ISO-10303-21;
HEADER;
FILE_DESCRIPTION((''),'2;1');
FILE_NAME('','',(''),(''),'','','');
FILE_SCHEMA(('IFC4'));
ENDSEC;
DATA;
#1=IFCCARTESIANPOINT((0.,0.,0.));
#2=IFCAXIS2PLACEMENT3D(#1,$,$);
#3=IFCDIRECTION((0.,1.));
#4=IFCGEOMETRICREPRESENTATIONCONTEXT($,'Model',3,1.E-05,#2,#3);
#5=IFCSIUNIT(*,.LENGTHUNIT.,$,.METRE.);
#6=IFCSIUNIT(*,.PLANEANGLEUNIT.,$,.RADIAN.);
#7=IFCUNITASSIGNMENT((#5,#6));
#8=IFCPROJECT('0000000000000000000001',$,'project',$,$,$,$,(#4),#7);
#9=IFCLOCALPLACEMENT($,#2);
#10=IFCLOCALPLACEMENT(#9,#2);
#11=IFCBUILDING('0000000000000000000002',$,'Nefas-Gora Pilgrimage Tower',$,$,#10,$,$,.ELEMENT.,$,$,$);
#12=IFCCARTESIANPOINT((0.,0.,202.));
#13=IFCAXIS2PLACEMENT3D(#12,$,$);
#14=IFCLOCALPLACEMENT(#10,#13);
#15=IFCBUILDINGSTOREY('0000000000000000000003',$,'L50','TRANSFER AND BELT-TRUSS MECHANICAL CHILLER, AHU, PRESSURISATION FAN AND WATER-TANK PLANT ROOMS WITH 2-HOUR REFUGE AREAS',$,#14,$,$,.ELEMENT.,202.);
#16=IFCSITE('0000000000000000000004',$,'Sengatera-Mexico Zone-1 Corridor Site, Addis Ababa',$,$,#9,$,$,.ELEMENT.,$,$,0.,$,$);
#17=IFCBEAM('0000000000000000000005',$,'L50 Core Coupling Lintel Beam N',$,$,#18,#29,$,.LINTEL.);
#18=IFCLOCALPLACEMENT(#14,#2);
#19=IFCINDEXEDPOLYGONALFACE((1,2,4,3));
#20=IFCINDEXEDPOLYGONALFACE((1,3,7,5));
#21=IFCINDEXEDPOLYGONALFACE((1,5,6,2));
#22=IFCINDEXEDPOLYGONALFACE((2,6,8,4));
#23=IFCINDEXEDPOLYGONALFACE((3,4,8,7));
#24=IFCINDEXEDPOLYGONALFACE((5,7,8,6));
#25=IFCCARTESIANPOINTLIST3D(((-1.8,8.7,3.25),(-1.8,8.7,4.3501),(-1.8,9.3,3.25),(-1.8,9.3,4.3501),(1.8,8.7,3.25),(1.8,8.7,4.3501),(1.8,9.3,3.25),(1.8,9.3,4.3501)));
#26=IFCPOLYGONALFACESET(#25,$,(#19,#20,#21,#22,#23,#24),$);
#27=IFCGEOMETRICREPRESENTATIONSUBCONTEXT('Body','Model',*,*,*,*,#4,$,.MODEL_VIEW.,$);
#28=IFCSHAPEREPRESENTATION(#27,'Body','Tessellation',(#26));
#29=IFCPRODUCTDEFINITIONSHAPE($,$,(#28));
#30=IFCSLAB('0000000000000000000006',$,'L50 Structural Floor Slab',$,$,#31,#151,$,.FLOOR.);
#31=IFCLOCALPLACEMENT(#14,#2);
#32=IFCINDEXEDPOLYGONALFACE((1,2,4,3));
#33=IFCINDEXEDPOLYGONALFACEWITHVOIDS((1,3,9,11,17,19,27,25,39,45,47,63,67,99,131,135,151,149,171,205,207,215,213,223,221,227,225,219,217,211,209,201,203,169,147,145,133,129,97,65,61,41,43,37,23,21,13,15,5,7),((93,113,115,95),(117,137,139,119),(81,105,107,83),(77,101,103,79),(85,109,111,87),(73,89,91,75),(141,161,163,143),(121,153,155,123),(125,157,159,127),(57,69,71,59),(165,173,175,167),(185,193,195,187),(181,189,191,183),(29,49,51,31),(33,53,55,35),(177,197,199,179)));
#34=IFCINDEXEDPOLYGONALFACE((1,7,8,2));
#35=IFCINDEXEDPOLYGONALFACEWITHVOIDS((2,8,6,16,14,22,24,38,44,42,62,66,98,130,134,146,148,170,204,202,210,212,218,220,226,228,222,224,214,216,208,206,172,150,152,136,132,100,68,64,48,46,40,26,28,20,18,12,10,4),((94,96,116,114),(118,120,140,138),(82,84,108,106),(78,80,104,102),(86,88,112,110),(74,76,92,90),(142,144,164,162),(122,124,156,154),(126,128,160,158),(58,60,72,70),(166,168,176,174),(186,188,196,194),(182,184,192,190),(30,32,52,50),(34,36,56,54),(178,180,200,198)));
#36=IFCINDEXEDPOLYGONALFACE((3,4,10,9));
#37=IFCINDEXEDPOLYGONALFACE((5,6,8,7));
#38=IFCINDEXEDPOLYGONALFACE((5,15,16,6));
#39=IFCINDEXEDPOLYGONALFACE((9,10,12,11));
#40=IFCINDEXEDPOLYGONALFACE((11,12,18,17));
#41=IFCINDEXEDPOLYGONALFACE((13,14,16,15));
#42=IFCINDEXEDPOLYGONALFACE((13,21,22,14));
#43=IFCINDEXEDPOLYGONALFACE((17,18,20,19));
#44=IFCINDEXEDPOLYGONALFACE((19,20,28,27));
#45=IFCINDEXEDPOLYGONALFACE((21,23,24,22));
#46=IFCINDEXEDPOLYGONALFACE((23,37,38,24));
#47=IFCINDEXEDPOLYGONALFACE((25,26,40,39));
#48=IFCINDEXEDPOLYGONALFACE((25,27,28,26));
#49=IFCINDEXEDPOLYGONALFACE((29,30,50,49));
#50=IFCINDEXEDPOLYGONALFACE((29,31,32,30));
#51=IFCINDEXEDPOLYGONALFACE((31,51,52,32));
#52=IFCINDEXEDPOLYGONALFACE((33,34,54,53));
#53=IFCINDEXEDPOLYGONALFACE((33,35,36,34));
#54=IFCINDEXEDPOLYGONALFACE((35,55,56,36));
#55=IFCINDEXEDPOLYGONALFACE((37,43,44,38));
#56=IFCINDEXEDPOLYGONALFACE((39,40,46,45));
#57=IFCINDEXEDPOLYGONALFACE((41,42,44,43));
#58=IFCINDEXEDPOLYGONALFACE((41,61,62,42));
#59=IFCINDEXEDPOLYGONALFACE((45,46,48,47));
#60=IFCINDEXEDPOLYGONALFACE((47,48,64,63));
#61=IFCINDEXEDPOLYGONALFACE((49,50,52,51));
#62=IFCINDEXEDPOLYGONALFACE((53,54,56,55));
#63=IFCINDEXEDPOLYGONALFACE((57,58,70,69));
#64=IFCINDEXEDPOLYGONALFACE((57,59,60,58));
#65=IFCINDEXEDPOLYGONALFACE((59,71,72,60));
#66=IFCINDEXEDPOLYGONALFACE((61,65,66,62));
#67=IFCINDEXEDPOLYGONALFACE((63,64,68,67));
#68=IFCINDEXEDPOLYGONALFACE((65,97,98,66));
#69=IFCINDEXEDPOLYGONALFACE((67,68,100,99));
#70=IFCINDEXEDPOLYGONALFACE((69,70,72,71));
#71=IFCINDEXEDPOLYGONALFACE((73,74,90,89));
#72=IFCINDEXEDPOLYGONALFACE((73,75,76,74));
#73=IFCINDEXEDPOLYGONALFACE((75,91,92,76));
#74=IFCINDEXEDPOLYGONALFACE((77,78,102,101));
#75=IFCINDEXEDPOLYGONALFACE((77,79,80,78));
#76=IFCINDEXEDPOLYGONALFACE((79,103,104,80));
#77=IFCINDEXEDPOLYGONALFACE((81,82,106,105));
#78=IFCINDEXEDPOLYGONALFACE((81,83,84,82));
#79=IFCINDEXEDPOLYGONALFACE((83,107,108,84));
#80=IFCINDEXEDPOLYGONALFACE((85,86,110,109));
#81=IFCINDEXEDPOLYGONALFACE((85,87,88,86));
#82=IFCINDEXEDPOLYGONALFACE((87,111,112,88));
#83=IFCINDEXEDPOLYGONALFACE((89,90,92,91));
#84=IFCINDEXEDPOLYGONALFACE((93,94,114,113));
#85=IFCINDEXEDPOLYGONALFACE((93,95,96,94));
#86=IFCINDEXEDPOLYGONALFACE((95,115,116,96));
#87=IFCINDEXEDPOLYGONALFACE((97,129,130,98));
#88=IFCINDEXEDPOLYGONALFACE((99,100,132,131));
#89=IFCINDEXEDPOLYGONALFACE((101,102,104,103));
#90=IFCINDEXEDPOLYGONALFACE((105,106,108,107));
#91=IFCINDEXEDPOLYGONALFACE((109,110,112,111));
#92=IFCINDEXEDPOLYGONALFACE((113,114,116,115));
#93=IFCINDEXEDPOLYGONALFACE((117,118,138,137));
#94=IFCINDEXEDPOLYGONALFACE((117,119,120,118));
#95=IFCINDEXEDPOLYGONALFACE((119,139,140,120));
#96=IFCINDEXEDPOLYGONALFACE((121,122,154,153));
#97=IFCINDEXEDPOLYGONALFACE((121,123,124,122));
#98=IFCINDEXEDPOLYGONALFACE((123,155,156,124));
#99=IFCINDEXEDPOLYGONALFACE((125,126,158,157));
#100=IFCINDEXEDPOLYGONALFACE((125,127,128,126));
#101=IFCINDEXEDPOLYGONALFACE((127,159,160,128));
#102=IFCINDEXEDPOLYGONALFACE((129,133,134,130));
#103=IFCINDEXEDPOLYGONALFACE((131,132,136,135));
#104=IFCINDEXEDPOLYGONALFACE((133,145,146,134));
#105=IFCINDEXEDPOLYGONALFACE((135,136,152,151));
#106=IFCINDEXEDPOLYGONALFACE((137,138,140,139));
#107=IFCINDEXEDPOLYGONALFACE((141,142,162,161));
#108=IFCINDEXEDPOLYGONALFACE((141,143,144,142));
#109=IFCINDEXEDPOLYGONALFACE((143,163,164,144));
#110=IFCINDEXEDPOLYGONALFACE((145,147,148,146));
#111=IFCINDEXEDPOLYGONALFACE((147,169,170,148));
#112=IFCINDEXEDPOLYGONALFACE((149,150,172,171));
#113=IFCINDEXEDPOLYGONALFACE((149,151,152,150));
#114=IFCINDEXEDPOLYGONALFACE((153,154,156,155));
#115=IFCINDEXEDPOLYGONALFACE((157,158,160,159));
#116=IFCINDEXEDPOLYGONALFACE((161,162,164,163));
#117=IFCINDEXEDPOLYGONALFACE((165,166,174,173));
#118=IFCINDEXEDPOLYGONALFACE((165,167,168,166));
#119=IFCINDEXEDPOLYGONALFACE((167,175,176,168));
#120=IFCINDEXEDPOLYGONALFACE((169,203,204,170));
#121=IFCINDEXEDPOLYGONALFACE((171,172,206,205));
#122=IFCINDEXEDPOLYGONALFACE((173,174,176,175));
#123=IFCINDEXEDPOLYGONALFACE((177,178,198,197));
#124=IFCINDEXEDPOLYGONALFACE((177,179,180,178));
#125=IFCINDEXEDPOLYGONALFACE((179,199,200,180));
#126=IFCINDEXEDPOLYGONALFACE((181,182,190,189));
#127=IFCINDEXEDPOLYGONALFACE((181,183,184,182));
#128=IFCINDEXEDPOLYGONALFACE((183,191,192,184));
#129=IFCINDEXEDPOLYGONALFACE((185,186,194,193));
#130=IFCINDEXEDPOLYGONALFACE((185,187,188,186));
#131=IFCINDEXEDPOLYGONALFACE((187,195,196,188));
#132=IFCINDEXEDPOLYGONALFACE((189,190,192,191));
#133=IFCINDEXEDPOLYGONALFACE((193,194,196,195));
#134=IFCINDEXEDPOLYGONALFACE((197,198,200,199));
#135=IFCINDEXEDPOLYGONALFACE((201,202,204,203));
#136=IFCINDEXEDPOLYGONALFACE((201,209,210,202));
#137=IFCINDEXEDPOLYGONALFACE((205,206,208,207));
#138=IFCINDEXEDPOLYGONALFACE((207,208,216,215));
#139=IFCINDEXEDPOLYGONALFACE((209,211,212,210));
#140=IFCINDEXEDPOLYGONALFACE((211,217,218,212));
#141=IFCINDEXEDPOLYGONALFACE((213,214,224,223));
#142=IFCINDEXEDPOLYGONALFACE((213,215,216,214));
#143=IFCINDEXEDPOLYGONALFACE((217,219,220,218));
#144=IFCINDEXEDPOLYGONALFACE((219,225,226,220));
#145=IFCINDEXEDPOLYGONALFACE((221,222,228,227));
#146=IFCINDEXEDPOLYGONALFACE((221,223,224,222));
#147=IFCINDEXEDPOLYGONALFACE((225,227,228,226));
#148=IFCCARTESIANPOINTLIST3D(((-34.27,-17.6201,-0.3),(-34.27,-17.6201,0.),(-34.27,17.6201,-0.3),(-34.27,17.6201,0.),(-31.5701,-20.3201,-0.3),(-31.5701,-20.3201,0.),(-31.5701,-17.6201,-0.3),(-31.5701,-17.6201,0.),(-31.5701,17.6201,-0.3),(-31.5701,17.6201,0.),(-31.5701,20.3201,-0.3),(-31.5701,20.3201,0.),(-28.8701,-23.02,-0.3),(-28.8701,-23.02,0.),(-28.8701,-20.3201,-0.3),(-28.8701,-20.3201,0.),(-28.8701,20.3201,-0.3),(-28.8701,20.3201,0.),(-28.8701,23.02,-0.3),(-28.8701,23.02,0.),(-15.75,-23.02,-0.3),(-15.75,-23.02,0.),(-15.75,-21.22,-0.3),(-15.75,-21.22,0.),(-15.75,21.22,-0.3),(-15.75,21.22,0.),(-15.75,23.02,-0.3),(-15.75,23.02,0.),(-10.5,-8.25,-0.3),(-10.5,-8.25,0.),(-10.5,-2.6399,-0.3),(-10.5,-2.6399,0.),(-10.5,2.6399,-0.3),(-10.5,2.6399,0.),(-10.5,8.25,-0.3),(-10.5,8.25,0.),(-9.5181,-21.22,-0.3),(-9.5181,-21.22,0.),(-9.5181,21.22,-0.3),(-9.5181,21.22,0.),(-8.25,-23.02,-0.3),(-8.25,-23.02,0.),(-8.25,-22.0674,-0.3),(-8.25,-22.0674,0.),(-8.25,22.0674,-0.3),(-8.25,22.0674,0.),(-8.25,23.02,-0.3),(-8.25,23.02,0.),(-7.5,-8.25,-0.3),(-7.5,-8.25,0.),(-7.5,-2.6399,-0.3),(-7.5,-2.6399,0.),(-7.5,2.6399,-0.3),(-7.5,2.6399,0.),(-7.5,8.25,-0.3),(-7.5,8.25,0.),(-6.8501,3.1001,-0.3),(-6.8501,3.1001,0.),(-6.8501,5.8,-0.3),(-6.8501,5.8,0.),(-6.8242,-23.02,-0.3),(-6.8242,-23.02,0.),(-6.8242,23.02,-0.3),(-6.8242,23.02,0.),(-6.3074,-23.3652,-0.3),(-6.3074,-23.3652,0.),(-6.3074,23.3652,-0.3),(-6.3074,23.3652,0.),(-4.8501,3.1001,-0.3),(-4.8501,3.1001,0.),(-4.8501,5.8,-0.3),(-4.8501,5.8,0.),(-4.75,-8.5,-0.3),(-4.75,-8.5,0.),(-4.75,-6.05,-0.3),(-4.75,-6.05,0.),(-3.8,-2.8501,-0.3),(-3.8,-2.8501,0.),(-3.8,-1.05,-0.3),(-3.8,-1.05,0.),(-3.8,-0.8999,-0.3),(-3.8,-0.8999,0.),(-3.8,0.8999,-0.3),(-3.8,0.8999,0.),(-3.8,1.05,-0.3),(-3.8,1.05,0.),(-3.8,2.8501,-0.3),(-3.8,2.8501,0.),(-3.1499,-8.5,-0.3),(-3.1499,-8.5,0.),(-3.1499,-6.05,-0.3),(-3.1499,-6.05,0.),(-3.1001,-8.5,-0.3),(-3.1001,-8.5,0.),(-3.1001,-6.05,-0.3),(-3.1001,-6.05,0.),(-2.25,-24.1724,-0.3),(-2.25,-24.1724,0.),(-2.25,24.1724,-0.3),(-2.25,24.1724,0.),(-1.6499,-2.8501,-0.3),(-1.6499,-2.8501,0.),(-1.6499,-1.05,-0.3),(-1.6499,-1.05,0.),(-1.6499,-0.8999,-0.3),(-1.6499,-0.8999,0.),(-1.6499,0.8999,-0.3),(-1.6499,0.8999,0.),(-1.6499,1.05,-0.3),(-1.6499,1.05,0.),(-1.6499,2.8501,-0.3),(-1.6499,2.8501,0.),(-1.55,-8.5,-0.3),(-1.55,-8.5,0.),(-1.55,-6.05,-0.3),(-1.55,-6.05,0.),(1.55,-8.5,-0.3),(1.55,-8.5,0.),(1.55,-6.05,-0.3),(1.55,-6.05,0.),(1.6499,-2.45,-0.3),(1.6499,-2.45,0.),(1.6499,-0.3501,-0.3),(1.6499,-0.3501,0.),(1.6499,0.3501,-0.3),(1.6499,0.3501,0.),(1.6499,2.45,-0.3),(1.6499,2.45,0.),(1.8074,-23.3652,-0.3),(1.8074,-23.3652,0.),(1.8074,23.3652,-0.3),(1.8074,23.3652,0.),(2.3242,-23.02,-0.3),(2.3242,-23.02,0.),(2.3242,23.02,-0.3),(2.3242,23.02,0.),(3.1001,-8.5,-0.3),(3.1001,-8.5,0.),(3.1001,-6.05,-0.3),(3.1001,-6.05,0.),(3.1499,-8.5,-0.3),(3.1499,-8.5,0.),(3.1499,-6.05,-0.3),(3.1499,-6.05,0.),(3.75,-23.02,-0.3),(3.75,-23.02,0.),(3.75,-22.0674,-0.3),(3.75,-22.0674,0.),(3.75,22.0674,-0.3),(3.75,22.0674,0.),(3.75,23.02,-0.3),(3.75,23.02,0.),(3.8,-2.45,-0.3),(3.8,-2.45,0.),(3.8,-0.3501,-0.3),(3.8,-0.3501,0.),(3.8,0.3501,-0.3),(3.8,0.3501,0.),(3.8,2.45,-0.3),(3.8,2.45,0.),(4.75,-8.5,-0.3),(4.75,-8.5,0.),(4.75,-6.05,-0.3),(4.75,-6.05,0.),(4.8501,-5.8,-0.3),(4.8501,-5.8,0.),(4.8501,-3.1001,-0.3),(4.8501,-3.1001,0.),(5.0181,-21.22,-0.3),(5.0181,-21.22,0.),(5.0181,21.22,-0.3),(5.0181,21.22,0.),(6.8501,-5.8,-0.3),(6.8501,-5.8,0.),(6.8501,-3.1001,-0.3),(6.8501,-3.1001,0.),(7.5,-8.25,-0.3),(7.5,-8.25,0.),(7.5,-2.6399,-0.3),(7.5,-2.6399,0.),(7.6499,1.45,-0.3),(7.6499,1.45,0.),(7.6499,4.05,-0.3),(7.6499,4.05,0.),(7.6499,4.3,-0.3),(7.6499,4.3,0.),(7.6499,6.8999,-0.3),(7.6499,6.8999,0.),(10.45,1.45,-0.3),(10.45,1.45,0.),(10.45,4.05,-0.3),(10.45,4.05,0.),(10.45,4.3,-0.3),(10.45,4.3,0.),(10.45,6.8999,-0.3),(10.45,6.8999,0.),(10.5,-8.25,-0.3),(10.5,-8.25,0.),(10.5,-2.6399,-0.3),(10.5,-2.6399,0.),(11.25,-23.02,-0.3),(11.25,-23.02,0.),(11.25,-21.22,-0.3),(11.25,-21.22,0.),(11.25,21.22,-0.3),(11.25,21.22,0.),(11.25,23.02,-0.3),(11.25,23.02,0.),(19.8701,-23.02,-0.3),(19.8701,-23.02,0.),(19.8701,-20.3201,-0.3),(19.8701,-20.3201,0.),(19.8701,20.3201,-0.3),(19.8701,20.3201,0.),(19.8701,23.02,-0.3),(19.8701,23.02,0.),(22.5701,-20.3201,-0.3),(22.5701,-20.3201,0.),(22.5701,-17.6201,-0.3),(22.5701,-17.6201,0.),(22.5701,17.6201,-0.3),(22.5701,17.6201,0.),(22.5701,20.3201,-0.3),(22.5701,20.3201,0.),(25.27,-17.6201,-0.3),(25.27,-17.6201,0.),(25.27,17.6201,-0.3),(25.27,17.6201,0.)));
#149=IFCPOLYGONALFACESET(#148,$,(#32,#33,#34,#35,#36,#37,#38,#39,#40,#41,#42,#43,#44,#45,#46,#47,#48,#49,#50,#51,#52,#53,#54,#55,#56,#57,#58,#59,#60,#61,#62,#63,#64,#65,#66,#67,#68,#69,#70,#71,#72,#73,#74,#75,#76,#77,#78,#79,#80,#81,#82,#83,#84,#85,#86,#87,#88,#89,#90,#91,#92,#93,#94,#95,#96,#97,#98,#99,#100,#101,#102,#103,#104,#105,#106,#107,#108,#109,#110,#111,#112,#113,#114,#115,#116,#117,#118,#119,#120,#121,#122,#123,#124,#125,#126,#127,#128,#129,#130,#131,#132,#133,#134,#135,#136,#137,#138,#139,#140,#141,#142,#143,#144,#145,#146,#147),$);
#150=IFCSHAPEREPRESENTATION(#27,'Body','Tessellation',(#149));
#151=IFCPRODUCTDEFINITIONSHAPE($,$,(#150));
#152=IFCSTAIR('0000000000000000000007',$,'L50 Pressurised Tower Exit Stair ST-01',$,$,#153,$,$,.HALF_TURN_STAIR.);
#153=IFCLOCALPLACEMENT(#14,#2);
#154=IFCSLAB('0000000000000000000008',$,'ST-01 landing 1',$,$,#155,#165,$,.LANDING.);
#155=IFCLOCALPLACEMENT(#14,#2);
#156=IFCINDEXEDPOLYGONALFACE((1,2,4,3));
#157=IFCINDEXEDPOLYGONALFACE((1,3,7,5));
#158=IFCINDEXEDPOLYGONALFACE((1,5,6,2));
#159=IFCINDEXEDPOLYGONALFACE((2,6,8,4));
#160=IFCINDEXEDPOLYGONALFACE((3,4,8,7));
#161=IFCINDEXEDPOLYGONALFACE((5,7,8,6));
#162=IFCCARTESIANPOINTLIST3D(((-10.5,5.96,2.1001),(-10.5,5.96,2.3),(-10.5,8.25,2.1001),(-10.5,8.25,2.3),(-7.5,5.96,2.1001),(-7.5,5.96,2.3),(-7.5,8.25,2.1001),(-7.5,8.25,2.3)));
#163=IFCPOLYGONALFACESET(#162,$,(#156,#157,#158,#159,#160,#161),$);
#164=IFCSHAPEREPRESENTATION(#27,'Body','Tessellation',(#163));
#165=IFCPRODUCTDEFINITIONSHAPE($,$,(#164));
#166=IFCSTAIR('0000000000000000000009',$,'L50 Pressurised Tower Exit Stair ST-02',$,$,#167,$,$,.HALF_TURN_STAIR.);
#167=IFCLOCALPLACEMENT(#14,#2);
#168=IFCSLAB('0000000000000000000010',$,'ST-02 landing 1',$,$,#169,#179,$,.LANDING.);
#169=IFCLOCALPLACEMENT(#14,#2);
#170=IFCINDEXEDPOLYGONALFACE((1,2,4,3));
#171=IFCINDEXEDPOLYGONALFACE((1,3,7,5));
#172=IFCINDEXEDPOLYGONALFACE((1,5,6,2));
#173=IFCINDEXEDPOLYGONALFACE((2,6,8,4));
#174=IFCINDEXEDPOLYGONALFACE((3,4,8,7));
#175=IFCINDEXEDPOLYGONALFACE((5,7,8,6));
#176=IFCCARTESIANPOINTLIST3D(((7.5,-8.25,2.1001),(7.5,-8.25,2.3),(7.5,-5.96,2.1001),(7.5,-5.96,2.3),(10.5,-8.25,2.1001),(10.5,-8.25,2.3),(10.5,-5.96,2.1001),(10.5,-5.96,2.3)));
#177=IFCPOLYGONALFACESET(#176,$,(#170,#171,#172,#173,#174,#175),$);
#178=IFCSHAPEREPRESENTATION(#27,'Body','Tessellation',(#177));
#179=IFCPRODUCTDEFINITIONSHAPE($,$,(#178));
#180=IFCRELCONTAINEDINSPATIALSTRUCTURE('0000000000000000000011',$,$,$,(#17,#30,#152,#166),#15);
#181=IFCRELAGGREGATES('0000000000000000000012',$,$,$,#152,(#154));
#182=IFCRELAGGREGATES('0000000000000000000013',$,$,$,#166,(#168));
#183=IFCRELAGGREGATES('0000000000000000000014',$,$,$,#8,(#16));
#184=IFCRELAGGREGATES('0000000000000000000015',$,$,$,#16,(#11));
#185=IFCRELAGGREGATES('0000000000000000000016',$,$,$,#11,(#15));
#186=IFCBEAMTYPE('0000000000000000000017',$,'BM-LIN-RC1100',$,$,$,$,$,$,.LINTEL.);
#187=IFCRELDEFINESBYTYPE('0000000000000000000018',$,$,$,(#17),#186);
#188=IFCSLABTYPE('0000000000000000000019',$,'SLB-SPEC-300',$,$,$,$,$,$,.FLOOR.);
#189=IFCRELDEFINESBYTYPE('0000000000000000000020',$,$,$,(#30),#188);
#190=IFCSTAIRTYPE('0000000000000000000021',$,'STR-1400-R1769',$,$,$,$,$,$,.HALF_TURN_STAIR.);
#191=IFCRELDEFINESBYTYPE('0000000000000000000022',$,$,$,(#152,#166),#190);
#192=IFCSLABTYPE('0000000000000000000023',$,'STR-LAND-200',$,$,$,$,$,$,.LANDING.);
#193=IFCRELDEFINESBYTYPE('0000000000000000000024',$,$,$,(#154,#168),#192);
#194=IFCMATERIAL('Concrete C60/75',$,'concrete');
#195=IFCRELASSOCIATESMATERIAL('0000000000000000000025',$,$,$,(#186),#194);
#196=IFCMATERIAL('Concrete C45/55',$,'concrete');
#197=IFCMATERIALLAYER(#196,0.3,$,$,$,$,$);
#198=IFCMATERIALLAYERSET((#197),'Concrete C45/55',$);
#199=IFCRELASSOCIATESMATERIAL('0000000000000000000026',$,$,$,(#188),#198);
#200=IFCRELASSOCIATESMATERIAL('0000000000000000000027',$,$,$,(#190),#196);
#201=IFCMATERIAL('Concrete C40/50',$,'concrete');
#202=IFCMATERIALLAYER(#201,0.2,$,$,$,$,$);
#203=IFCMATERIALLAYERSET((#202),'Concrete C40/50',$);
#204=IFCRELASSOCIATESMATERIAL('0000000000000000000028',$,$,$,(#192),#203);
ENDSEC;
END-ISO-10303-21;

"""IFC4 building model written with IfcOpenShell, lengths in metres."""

from ifc_helpers import new_model, si_unit, direction, frame, origin, origin_2d, place, context, subcontext, project, spatial, polyline, rectangle, outline, extrude, source, transform, mapped, material, layer, layer_set, material_profile, profile_set, type_object, element, aggregate, save


model = new_model("IFC4")

# Units and contexts
model_context = context("Model", 3, precision=1e-05, world=origin(), true_north=direction((0.0, 1.0)))
body_context = subcontext(model_context, "Body", "Model", "MODEL_VIEW")
ifc_project = project(units=[si_unit("LENGTHUNIT", "METRE"), si_unit("PLANEANGLEUNIT", "RADIAN")], contexts=[model_context])

# Site, building, storey
site_placement = place(None, origin())
site = spatial("IfcSite", under=ifc_project, at=site_placement, Name="Sengatera-Mexico Zone-1 Corridor Site, Addis Ababa", CompositionType="ELEMENT", RefElevation=0.0)
building_placement = place(site_placement, origin())
building = spatial("IfcBuilding", under=site, at=building_placement, Name="Nefas-Gora Pilgrimage Tower", CompositionType="ELEMENT")
storey_placement = place(building_placement, frame((0.0, 0.0, 202.0)))
storey = spatial("IfcBuildingStorey", under=building, at=storey_placement, Name="L50", Description="TRANSFER AND BELT-TRUSS MECHANICAL CHILLER, AHU, PRESSURISATION FAN AND WATER-TANK PLANT ROOMS WITH 2-HOUR REFUGE AREAS", CompositionType="ELEMENT", Elevation=202.0)

# Beam
ifc_material_1 = material(Name="Concrete C60/75", Category="concrete")
ifc_material_profile = material_profile(ifc_material_1, rectangle(XDim=0.6001, YDim=1.1001, at=origin_2d()), Name="RC 600x1100")
ifc_profile_set = profile_set([ifc_material_profile], Name="Concrete C60/75")
beam_type = type_object("IfcBeamType", Name="BM-LIN-RC1100", PredefinedType="LINTEL", material=ifc_profile_set)
shared_shape_1 = source(origin(), body_context, "Body", "SweptSolid", [
    extrude(rectangle(XDim=0.6001, YDim=1.1001, at=origin_2d()), origin(), (0.0, 0.0, 1.0), 3.6001),
])
beam_placement = place(storey_placement, frame((-1.8, 9.0, 3.8), z_axis=(1.0, 0.0, 0.0), x_axis=(0.0, 1.0, 0.0)))
element("IfcBeam", 1, at=beam_placement, inside=storey, type_object=beam_type, Name="L50 Core Coupling Lintel Beam N", PredefinedType="LINTEL", context=body_context, shape_type="MappedRepresentation", body=[
    mapped(shared_shape_1, transform((0.0, 0.0, 0.0), x_axis=(1.0, 0.0, 0.0), y_axis=(0.0, 1.0, 0.0), z_axis=(0.0, 0.0, 1.0), scale=1.0)),
])

# Slab
ifc_material_2 = material(Name="Concrete C45/55", Category="concrete")
ifc_layer_1 = layer(ifc_material_2, 0.3)
ifc_layer_set_1 = layer_set([ifc_layer_1], Name="Concrete C45/55")
slab_type_1 = type_object("IfcSlabType", Name="SLB-SPEC-300", PredefinedType="FLOOR", material=ifc_layer_set_1)
slab_1_placement = place(storey_placement, frame((0.0, 0.0, -0.3)))
element("IfcSlab", 2, at=slab_1_placement, inside=storey, type_object=slab_type_1, Name="L50 Structural Floor Slab", PredefinedType="FLOOR", context=body_context, shape_type="SweptSolid", body=[
    extrude(outline(polyline([(5.0181, -21.22), (11.25, -21.22), (11.25, -23.02), (19.8701, -23.02), (19.8701, -20.3201), (22.5701, -20.3201), (22.5701, -17.6201), (25.27, -17.6201), (25.27, 17.6201), (22.5701, 17.6201), (22.5701, 20.3201), (19.8701, 20.3201), (19.8701, 23.02), (11.25, 23.02), (11.25, 21.22), (5.0181, 21.22), (3.75, 22.0674), (3.75, 23.02), (2.3242, 23.02), (1.8074, 23.3652), (-2.25, 24.1724), (-6.3074, 23.3652), (-6.8242, 23.02), (-8.25, 23.02), (-8.25, 22.0674), (-9.5181, 21.22), (-15.75, 21.22), (-15.75, 23.02), (-28.8701, 23.02), (-28.8701, 20.3201), (-31.5701, 20.3201), (-31.5701, 17.6201), (-34.27, 17.6201), (-34.27, -17.6201), (-31.5701, -17.6201), (-31.5701, -20.3201), (-28.8701, -20.3201), (-28.8701, -23.02), (-15.75, -23.02), (-15.75, -21.22), (-9.5181, -21.22), (-8.25, -22.0674), (-8.25, -23.02), (-6.8242, -23.02), (-6.3074, -23.3652), (-2.25, -24.1724), (1.8074, -23.3652), (2.3242, -23.02), (3.75, -23.02), (3.75, -22.0674), (5.0181, -21.22)]), holes=[polyline([(-10.5, 2.6399), (-10.5, 8.25), (-7.5, 8.25), (-7.5, 2.6399), (-10.5, 2.6399)]), polyline([(10.5, -2.6399), (10.5, -8.25), (7.5, -8.25), (7.5, -2.6399), (10.5, -2.6399)]), polyline([(-7.5, -2.6399), (-7.5, -8.25), (-10.5, -8.25), (-10.5, -2.6399), (-7.5, -2.6399)]), polyline([(-6.8501, 5.8), (-4.8501, 5.8), (-4.8501, 3.1001), (-6.8501, 3.1001), (-6.8501, 5.8)]), polyline([(4.8501, -3.1001), (6.8501, -3.1001), (6.8501, -5.8), (4.8501, -5.8), (4.8501, -3.1001)]), polyline([(7.6499, 4.05), (10.45, 4.05), (10.45, 1.45), (7.6499, 1.45), (7.6499, 4.05)]), polyline([(7.6499, 6.8999), (10.45, 6.8999), (10.45, 4.3), (7.6499, 4.3), (7.6499, 6.8999)]), polyline([(-4.75, -6.05), (-3.1499, -6.05), (-3.1499, -8.5), (-4.75, -8.5), (-4.75, -6.05)]), polyline([(-3.1001, -6.05), (-1.55, -6.05), (-1.55, -8.5), (-3.1001, -8.5), (-3.1001, -6.05)]), polyline([(1.55, -6.05), (3.1001, -6.05), (3.1001, -8.5), (1.55, -8.5), (1.55, -6.05)]), polyline([(3.1499, -6.05), (4.75, -6.05), (4.75, -8.5), (3.1499, -8.5), (3.1499, -6.05)]), polyline([(-3.8, -1.05), (-1.6499, -1.05), (-1.6499, -2.8501), (-3.8, -2.8501), (-3.8, -1.05)]), polyline([(-3.8, 0.8999), (-1.6499, 0.8999), (-1.6499, -0.8999), (-3.8, -0.8999), (-3.8, 0.8999)]), polyline([(-3.8, 2.8501), (-1.6499, 2.8501), (-1.6499, 1.05), (-3.8, 1.05), (-3.8, 2.8501)]), polyline([(1.6499, -0.3501), (3.8, -0.3501), (3.8, -2.45), (1.6499, -2.45), (1.6499, -0.3501)]), polyline([(1.6499, 2.45), (3.8, 2.45), (3.8, 0.3501), (1.6499, 0.3501), (1.6499, 2.45)])]), origin(), (0.0, 0.0, 1.0), 0.3),
])

# Stairs, slabs
stair_type = type_object("IfcStairType", Name="STR-1400-R1769", PredefinedType="HALF_TURN_STAIR", material=ifc_material_2)
stair_1_placement = place(storey_placement, origin())
stair_1 = element("IfcStair", 3, at=stair_1_placement, inside=storey, type_object=stair_type, Name="L50 Pressurised Tower Exit Stair ST-01", PredefinedType="HALF_TURN_STAIR")
ifc_material_3 = material(Name="Concrete C40/50", Category="concrete")
ifc_layer_2 = layer(ifc_material_3, 0.2)
ifc_layer_set_2 = layer_set([ifc_layer_2], Name="Concrete C40/50")
slab_type_2 = type_object("IfcSlabType", Name="STR-LAND-200", PredefinedType="LANDING", material=ifc_layer_set_2)
slab_2_placement = place(storey_placement, frame((0.0, 0.0, 2.1001)))
slab_2 = element("IfcSlab", 4, at=slab_2_placement, type_object=slab_type_2, Name="ST-01 landing 1", PredefinedType="LANDING", context=body_context, shape_type="SweptSolid", body=[
    extrude(outline(polyline([(-7.5, 5.96), (-7.5, 8.25), (-10.5, 8.25), (-10.5, 5.96), (-7.5, 5.96)])), origin(), (0.0, 0.0, 1.0), 0.2),
])
aggregate(stair_1, [slab_2])
stair_2_placement = place(storey_placement, origin())
stair_2 = element("IfcStair", 5, at=stair_2_placement, inside=storey, type_object=stair_type, Name="L50 Pressurised Tower Exit Stair ST-02", PredefinedType="HALF_TURN_STAIR")
slab_3_placement = place(storey_placement, frame((0.0, 0.0, 2.1001)))
slab_3 = element("IfcSlab", 6, at=slab_3_placement, type_object=slab_type_2, Name="ST-02 landing 1", PredefinedType="LANDING", context=body_context, shape_type="SweptSolid", body=[
    extrude(outline(polyline([(7.5, -5.96), (7.5, -8.25), (10.5, -8.25), (10.5, -5.96), (7.5, -5.96)])), origin(), (0.0, 0.0, 1.0), 0.2),
])
aggregate(stair_2, [slab_3])

save(model, "model.ifc")
